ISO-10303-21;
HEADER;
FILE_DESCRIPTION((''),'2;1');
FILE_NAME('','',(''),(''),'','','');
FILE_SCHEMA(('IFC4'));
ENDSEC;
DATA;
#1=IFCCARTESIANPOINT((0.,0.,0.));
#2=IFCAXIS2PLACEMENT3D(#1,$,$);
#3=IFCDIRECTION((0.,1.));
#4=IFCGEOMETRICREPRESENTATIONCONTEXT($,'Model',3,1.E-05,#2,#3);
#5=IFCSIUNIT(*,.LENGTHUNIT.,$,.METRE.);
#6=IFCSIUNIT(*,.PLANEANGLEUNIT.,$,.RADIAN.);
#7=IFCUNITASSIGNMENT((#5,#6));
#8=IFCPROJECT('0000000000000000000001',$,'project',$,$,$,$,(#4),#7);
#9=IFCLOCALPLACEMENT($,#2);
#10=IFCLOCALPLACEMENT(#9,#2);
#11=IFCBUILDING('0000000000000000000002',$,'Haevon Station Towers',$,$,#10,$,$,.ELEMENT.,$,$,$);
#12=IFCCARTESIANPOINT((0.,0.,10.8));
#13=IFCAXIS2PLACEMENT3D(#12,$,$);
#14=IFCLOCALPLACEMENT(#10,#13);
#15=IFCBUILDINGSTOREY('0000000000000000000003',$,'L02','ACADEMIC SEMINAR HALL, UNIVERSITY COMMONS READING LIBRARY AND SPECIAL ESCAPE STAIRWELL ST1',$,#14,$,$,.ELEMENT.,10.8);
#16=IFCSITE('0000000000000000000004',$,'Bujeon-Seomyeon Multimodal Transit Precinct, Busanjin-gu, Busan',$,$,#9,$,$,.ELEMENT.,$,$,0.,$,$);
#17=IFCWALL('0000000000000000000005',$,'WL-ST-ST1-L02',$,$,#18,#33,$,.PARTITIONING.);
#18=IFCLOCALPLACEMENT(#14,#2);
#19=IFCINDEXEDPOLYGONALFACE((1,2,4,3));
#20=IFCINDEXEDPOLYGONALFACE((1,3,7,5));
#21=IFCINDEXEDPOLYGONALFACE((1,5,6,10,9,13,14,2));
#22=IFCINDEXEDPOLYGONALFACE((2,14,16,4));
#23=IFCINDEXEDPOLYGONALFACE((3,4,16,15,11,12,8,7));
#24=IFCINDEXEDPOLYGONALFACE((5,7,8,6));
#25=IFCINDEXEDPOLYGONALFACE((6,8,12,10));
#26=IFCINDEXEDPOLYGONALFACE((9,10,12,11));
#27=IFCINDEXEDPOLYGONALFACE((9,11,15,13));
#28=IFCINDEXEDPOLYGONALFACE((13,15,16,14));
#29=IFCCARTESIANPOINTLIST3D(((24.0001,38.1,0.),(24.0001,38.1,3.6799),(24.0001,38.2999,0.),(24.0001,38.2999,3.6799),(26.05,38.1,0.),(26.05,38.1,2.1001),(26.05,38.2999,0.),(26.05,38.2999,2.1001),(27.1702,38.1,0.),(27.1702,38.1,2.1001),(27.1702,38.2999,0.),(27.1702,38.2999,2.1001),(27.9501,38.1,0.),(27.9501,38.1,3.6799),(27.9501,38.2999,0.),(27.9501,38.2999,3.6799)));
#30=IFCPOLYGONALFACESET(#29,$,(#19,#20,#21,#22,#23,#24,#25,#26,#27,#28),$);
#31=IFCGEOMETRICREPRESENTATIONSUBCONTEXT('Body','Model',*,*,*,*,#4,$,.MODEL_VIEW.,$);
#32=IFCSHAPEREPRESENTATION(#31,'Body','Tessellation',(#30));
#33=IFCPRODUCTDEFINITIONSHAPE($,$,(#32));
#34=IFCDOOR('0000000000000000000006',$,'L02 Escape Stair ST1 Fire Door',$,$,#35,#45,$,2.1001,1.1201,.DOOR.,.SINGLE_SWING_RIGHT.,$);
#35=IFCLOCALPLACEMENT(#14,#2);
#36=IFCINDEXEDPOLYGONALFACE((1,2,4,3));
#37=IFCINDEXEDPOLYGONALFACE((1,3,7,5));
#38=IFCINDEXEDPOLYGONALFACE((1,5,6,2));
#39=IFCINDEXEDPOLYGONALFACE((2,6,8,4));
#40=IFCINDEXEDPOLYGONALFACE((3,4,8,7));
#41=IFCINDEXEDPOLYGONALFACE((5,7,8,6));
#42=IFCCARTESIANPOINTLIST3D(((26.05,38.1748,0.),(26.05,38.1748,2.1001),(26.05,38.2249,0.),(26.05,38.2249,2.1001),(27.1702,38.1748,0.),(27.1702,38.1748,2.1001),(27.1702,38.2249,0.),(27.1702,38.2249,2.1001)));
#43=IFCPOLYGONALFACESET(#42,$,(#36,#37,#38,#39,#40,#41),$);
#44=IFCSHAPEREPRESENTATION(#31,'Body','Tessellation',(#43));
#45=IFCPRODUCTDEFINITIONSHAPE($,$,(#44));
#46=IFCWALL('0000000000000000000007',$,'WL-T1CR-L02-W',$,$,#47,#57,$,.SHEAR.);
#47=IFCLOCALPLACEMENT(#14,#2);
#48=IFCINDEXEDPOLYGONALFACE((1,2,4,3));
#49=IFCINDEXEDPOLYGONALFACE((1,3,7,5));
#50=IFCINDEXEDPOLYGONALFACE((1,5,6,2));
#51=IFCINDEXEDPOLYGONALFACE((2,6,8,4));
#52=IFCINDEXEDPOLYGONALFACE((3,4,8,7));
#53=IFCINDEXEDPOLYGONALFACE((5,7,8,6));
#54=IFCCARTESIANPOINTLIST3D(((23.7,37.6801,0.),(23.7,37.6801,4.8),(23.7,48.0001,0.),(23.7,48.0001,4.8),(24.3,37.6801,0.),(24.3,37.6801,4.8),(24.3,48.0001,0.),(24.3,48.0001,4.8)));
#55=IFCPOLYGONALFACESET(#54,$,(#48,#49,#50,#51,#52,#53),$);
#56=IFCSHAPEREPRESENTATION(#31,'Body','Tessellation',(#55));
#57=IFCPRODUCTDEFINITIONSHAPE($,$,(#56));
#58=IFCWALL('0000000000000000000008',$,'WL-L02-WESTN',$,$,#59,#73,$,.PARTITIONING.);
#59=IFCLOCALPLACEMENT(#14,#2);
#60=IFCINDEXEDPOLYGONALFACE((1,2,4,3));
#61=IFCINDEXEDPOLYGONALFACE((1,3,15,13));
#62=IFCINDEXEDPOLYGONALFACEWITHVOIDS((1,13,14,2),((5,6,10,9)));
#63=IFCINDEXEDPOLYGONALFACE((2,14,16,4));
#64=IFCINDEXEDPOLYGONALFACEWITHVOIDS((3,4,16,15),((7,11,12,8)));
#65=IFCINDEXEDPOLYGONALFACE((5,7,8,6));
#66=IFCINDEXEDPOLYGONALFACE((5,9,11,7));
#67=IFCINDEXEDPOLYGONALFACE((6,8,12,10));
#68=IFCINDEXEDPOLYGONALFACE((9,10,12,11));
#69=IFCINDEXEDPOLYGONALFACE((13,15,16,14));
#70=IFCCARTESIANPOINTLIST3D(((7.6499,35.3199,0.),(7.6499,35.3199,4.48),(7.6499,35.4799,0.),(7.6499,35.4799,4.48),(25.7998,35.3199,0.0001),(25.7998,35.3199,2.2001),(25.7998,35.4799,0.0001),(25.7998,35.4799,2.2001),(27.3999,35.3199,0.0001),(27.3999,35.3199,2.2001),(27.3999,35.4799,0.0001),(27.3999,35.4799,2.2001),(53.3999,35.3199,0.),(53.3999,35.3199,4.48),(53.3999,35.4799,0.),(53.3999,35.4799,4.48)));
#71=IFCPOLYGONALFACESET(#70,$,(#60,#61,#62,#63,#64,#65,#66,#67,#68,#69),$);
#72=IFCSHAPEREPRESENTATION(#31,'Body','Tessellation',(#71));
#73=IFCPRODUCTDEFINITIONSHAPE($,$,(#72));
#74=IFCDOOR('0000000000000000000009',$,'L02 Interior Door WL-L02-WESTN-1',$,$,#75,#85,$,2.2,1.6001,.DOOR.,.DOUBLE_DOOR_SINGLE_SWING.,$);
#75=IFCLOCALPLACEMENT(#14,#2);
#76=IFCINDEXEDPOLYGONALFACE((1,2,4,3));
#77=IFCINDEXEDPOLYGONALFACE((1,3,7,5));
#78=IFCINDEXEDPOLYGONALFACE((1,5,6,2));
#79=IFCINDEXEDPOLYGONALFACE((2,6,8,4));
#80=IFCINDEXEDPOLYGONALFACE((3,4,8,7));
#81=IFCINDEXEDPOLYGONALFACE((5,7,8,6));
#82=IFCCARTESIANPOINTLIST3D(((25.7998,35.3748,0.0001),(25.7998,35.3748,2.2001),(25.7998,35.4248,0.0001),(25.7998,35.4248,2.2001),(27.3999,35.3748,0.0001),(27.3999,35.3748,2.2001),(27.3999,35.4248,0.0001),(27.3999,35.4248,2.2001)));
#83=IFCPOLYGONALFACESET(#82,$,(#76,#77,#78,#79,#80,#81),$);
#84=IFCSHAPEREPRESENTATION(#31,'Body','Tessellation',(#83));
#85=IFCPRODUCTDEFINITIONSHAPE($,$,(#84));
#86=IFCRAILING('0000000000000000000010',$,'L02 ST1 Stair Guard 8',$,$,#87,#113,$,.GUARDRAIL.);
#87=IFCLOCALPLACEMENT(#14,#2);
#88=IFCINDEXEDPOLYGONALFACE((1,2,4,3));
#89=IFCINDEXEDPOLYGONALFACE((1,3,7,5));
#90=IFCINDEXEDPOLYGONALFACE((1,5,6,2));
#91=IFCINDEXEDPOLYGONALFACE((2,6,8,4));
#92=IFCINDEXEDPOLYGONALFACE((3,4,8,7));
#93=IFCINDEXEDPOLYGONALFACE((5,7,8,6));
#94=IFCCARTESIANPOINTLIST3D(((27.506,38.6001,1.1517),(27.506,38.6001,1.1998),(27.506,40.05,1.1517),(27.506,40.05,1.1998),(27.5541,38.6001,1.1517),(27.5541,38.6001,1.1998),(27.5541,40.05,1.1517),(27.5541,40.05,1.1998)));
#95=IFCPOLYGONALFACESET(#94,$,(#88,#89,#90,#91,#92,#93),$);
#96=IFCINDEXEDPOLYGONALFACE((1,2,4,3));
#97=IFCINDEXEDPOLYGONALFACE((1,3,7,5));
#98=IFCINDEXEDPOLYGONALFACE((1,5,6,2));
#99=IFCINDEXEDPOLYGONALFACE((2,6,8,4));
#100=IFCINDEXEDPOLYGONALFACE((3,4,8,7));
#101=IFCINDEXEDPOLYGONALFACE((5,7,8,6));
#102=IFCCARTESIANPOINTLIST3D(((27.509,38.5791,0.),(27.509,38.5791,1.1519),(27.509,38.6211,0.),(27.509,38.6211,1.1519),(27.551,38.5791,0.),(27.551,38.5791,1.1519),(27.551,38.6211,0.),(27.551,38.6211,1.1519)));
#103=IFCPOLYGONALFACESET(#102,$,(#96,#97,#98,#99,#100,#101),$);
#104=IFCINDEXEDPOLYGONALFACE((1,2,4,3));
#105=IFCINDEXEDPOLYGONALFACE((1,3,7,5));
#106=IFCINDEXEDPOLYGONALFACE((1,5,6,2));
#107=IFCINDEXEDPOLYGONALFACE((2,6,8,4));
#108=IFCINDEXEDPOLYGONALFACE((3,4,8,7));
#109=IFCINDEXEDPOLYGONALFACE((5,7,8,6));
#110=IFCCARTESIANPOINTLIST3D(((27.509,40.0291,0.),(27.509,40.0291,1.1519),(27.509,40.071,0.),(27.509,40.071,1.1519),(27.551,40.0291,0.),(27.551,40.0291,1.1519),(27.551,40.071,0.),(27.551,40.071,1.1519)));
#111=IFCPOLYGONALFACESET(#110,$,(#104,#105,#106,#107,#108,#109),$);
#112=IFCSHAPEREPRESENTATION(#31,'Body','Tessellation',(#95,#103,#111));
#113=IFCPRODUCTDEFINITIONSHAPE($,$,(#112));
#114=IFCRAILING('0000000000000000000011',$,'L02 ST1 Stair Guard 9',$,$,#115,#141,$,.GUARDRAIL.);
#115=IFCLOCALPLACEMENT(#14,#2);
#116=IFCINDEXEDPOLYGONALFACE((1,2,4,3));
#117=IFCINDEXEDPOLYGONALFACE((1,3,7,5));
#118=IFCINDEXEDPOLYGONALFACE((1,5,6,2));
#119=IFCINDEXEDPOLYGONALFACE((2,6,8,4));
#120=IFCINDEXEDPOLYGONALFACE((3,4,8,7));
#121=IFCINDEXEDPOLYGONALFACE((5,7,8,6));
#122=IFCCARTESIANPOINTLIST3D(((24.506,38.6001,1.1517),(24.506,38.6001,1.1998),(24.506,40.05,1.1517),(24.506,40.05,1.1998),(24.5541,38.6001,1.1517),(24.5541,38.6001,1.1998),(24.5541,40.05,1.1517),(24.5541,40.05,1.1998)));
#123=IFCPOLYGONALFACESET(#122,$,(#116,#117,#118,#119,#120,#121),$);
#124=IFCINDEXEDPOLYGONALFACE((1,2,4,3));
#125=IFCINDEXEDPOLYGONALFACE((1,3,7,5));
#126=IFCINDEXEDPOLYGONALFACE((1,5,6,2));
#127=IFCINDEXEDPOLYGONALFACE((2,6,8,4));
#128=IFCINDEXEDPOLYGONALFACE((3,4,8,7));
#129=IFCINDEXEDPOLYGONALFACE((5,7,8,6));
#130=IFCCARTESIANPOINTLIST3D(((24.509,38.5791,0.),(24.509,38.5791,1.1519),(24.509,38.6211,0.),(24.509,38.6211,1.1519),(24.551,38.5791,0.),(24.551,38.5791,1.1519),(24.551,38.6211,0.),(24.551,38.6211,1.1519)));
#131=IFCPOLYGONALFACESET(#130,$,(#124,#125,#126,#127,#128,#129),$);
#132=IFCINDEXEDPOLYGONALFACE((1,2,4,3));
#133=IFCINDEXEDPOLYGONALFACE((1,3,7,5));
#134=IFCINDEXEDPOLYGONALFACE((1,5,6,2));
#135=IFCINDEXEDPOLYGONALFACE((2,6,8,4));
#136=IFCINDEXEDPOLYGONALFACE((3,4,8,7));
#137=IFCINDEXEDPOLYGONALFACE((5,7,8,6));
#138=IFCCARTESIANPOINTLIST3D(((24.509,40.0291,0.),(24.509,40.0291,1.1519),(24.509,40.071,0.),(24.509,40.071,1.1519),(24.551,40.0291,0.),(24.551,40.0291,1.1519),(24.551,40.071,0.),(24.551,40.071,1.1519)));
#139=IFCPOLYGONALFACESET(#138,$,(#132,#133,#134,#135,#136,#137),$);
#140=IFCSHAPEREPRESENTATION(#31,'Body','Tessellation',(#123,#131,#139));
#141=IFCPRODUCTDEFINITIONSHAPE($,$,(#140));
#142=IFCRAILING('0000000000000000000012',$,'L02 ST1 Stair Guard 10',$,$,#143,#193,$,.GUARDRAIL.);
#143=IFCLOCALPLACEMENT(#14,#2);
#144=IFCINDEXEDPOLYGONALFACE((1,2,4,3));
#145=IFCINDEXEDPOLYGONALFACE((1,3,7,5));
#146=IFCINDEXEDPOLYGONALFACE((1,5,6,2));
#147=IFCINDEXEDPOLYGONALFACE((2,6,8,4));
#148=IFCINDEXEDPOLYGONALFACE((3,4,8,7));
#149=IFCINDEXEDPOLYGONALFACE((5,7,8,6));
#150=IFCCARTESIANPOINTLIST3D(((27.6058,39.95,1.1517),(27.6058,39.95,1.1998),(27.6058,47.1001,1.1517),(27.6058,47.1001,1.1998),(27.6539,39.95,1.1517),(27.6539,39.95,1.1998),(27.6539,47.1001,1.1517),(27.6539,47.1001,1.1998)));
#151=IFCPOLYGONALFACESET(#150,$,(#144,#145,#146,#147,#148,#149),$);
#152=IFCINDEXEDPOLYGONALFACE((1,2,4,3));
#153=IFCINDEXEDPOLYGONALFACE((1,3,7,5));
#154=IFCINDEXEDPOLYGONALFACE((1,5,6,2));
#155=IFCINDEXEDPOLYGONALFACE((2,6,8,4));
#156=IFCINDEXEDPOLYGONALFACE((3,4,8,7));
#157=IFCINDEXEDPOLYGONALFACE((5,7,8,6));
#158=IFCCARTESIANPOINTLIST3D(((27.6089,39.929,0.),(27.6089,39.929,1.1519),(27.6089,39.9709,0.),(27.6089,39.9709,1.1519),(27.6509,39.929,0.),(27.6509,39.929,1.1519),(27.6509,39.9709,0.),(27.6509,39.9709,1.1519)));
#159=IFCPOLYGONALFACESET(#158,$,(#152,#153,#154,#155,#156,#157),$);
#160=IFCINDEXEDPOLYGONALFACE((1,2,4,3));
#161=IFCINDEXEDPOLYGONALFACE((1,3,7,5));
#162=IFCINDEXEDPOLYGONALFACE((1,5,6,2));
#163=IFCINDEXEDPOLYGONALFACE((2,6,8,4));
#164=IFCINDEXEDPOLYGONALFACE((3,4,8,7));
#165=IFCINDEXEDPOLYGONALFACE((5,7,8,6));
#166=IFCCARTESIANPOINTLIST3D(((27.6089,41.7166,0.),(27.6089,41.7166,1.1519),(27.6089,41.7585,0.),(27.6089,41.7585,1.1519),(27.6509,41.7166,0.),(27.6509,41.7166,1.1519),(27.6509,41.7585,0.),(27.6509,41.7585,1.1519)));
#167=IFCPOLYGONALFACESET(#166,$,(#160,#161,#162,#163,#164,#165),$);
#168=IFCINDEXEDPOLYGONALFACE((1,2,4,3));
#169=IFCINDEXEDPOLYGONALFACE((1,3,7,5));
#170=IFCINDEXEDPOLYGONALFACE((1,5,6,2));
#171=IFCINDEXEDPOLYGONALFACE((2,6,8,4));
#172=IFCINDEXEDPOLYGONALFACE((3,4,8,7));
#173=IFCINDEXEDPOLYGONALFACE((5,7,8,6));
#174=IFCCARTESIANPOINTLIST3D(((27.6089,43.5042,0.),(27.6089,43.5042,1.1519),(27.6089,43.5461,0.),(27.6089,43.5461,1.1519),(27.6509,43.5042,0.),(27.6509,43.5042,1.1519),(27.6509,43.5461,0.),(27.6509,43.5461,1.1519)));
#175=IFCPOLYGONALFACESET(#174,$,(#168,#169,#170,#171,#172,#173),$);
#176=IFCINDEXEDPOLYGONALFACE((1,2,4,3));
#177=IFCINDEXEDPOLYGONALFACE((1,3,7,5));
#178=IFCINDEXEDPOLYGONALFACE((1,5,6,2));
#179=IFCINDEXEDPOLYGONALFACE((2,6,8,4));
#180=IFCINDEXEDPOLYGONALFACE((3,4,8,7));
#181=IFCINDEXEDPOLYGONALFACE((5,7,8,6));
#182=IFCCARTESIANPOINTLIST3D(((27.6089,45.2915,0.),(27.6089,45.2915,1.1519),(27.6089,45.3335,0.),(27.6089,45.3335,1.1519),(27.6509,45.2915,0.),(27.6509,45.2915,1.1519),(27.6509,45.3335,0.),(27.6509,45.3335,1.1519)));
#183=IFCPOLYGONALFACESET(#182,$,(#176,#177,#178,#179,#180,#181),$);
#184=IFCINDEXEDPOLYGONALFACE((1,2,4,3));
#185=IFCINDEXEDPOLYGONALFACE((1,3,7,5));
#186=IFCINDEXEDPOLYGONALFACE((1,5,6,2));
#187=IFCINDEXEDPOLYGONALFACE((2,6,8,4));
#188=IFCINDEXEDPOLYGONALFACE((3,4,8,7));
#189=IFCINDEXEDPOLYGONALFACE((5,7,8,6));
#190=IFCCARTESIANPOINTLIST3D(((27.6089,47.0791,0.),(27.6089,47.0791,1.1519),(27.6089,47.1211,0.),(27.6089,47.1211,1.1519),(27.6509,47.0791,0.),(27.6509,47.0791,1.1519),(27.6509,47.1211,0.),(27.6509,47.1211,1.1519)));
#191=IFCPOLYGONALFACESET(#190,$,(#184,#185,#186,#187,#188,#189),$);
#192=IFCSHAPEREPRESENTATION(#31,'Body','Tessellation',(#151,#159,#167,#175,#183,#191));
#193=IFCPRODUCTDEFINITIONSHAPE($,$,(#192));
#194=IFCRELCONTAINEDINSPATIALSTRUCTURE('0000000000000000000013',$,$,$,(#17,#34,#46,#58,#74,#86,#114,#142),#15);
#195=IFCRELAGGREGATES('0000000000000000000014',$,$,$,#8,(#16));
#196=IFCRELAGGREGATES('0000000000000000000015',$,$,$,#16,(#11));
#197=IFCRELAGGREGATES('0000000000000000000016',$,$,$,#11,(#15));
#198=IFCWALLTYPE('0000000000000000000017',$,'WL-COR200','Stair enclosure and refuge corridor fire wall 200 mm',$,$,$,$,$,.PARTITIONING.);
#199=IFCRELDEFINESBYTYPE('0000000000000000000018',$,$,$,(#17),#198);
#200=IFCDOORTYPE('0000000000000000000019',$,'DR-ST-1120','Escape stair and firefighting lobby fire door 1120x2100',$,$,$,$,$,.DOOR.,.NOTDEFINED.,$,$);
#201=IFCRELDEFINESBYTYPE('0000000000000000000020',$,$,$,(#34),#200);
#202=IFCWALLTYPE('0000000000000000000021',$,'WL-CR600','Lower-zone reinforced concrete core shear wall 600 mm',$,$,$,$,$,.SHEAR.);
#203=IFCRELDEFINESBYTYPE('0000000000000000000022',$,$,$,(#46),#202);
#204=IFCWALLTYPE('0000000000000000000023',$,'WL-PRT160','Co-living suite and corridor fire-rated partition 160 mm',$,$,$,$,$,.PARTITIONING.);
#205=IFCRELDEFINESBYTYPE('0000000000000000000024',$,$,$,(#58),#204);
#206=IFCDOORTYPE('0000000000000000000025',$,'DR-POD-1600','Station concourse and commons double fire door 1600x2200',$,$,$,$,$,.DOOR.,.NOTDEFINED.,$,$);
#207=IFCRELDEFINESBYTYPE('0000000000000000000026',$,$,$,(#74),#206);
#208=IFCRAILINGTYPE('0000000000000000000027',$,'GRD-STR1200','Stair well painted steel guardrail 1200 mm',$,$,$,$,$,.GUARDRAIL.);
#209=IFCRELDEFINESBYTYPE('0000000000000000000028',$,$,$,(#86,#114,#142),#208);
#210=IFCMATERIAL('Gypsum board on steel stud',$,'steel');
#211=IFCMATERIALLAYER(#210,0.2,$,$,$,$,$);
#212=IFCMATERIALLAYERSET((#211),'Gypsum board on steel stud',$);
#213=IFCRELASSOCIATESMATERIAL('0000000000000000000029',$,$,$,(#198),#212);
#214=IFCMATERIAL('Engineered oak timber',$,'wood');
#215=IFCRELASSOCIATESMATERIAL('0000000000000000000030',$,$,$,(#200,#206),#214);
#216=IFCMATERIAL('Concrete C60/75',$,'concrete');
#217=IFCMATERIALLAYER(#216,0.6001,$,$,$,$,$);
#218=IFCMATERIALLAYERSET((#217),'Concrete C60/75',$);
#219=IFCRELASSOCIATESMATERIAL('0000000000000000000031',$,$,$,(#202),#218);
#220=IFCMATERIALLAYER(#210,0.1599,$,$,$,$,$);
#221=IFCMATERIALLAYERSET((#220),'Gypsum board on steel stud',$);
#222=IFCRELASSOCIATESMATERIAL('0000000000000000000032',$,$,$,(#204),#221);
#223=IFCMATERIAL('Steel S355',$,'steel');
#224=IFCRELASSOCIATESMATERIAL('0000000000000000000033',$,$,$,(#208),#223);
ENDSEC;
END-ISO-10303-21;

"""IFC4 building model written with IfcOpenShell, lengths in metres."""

from ifc_helpers import new_model, si_unit, direction, frame, frame_2d, origin, origin_2d, place, context, subcontext, project, spatial, rectangle, extrude, material, layer, layer_set, type_object, element, fill, save


model = new_model("IFC4")

# Units and contexts
model_context = context("Model", 3, precision=1e-05, world=origin(), true_north=direction((0.0, 1.0)))
body_context = subcontext(model_context, "Body", "Model", "MODEL_VIEW")
ifc_project = project(units=[si_unit("LENGTHUNIT", "METRE"), si_unit("PLANEANGLEUNIT", "RADIAN")], contexts=[model_context])

# Site, building, storey
site_placement = place(None, origin())
site = spatial("IfcSite", under=ifc_project, at=site_placement, Name="Bujeon-Seomyeon Multimodal Transit Precinct, Busanjin-gu, Busan", CompositionType="ELEMENT", RefElevation=0.0)
building_placement = place(site_placement, origin())
building = spatial("IfcBuilding", under=site, at=building_placement, Name="Haevon Station Towers", CompositionType="ELEMENT")
storey_placement = place(building_placement, frame((0.0, 0.0, 10.8)))
storey = spatial("IfcBuildingStorey", under=building, at=storey_placement, Name="L02", Description="ACADEMIC SEMINAR HALL, UNIVERSITY COMMONS READING LIBRARY AND SPECIAL ESCAPE STAIRWELL ST1", CompositionType="ELEMENT", Elevation=10.8)

# Shared definitions
ifc_material_1 = material(Name="Steel S355", Category="steel")

# Wall, opening, door
ifc_material_2 = material(Name="Gypsum board on steel stud", Category="steel")
ifc_layer_1 = layer(ifc_material_2, 0.2)
ifc_layer_set_1 = layer_set([ifc_layer_1], Name="Gypsum board on steel stud")
wall_type_1 = type_object("IfcWallType", Name="WL-COR200", Description="Stair enclosure and refuge corridor fire wall 200 mm", PredefinedType="PARTITIONING", material=ifc_layer_set_1)
wall_1_placement = place(storey_placement, frame((24.0, 38.2, 0.0), z_axis=(0.0, 0.0, 1.0), x_axis=(1.0, 0.0, 0.0)))
wall_1 = element("IfcWall", 1, at=wall_1_placement, inside=storey, type_object=wall_type_1, Name="WL-ST-ST1-L02", PredefinedType="PARTITIONING", context=body_context, shape_type="SweptSolid", body=[
    extrude(rectangle(XDim=3.95, YDim=0.2, at=frame_2d((1.9751, 0.0))), origin(), (0.0, 0.0, 1.0), 3.6799),
])
opening_1_placement = place(wall_1_placement, frame((2.05, 0.0, 0.0)))
opening_1 = element("IfcOpeningElement", 2, at=opening_1_placement, cuts=wall_1, PredefinedType="OPENING", context=body_context, shape_type="SweptSolid", body=[
    extrude(rectangle(XDim=1.1201, YDim=2.1001, at=frame_2d((0.5601, 1.05))), frame((0.0, 0.1099, 0.0), z_axis=(0.0, -1.0, 0.0), x_axis=(1.0, 0.0, 0.0)), (0.0, 0.0, 1.0), 0.22),
])
ifc_material_3 = material(Name="Engineered oak timber", Category="wood")
door_type_1 = type_object("IfcDoorType", Name="DR-ST-1120", Description="Escape stair and firefighting lobby fire door 1120x2100", OperationType="NOTDEFINED", PredefinedType="DOOR", material=ifc_material_3)
door_1_placement = place(opening_1_placement, origin())
door_1 = element("IfcDoor", 3, at=door_1_placement, inside=storey, type_object=door_type_1, Name="L02 Escape Stair ST1 Fire Door", OperationType="SINGLE_SWING_RIGHT", OverallHeight=2.1001, OverallWidth=1.1201, PredefinedType="DOOR", context=body_context, shape_type="SweptSolid", body=[
    extrude(rectangle(XDim=1.1201, YDim=2.1001, at=frame_2d((0.5601, 1.05))), frame((0.0, 0.0249, 0.0), z_axis=(0.0, -1.0, 0.0), x_axis=(1.0, 0.0, 0.0)), (0.0, 0.0, 1.0), 0.05),
])
fill(opening_1, door_1)

# Wall
ifc_material_4 = material(Name="Concrete C60/75", Category="concrete")
ifc_layer_2 = layer(ifc_material_4, 0.6001)
ifc_layer_set_2 = layer_set([ifc_layer_2], Name="Concrete C60/75")
wall_type_2 = type_object("IfcWallType", Name="WL-CR600", Description="Lower-zone reinforced concrete core shear wall 600 mm", PredefinedType="SHEAR", material=ifc_layer_set_2)
wall_2_placement = place(storey_placement, frame((24.0, 37.6799, 0.0), z_axis=(0.0, 0.0, 1.0), x_axis=(0.0, 1.0, 0.0)))
element("IfcWall", 4, at=wall_2_placement, inside=storey, type_object=wall_type_2, Name="WL-T1CR-L02-W", PredefinedType="SHEAR", context=body_context, shape_type="SweptSolid", body=[
    extrude(rectangle(XDim=10.3201, YDim=0.6001, at=frame_2d((5.1602, 0.0))), origin(), (0.0, 0.0, 1.0), 4.8),
])

# Wall, opening, door
ifc_layer_3 = layer(ifc_material_2, 0.1599)
ifc_layer_set_3 = layer_set([ifc_layer_3], Name="Gypsum board on steel stud")
wall_type_3 = type_object("IfcWallType", Name="WL-PRT160", Description="Co-living suite and corridor fire-rated partition 160 mm", PredefinedType="PARTITIONING", material=ifc_layer_set_3)
wall_3_placement = place(storey_placement, frame((7.6499, 35.3999, 0.0), z_axis=(0.0, 0.0, 1.0), x_axis=(1.0, 0.0, 0.0)))
wall_3 = element("IfcWall", 5, at=wall_3_placement, inside=storey, type_object=wall_type_3, Name="WL-L02-WESTN", PredefinedType="PARTITIONING", context=body_context, shape_type="SweptSolid", body=[
    extrude(rectangle(XDim=45.75, YDim=0.1599, at=frame_2d((22.875, 0.0))), origin(), (0.0, 0.0, 1.0), 4.48),
])
opening_2_placement = place(wall_3_placement, frame((18.1499, 0.0, 0.0)))
opening_2 = element("IfcOpeningElement", 6, at=opening_2_placement, cuts=wall_3, PredefinedType="OPENING", context=body_context, shape_type="SweptSolid", body=[
    extrude(rectangle(XDim=1.6001, YDim=2.2, at=frame_2d((0.8, 1.1001))), frame((0.0, 0.0898, 0.0), z_axis=(0.0, -1.0, 0.0), x_axis=(1.0, 0.0, 0.0)), (0.0, 0.0, 1.0), 0.1799),
])
door_type_2 = type_object("IfcDoorType", Name="DR-POD-1600", Description="Station concourse and commons double fire door 1600x2200", OperationType="NOTDEFINED", PredefinedType="DOOR", material=ifc_material_3)
door_2_placement = place(opening_2_placement, origin())
door_2 = element("IfcDoor", 7, at=door_2_placement, inside=storey, type_object=door_type_2, Name="L02 Interior Door WL-L02-WESTN-1", OperationType="DOUBLE_DOOR_SINGLE_SWING", OverallHeight=2.2, OverallWidth=1.6001, PredefinedType="DOOR", context=body_context, shape_type="SweptSolid", body=[
    extrude(rectangle(XDim=1.6001, YDim=2.2, at=frame_2d((0.8, 1.1001))), frame((0.0, 0.0249, 0.0), z_axis=(0.0, -1.0, 0.0), x_axis=(1.0, 0.0, 0.0)), (0.0, 0.0, 1.0), 0.05),
])
fill(opening_2, door_2)

# Railings
railing_type = type_object("IfcRailingType", Name="GRD-STR1200", Description="Stair well painted steel guardrail 1200 mm", PredefinedType="GUARDRAIL", material=ifc_material_1)
for number, where, name in (
    (8, (27.53, 38.6001, 0.0), "L02 ST1 Stair Guard 8"),
    (9, (24.53, 38.6001, 0.0), "L02 ST1 Stair Guard 9"),
):
    element("IfcRailing", number, at=place(storey_placement, frame(where)), inside=storey, type_object=railing_type, Name=name, PredefinedType="GUARDRAIL", context=body_context, shape_type="SweptSolid", body=[
        extrude(rectangle(XDim=0.0481, YDim=0.0481, at=origin_2d()), frame((0.0, 0.0, 1.1758), z_axis=(0.0, 1.0, 0.0), x_axis=(-1.0, 0.0, 0.0)), (0.0, 0.0, 1.0), 1.45),
        extrude(rectangle(XDim=0.042, YDim=0.042, at=origin_2d()), origin(), (0.0, 0.0, 1.0), 1.1519),
        extrude(rectangle(XDim=0.042, YDim=0.042, at=origin_2d()), frame((0.0, 1.45, 0.0)), (0.0, 0.0, 1.0), 1.1519),
    ])
for number, where, name in (
    (10, (27.6299, 39.95, 0.0), "L02 ST1 Stair Guard 10"),
):
    element("IfcRailing", number, at=place(storey_placement, frame(where)), inside=storey, type_object=railing_type, Name=name, PredefinedType="GUARDRAIL", context=body_context, shape_type="SweptSolid", body=[
        extrude(rectangle(XDim=0.0481, YDim=0.0481, at=origin_2d()), frame((0.0, 0.0, 1.1758), z_axis=(0.0, 1.0, 0.0), x_axis=(-1.0, 0.0, 0.0)), (0.0, 0.0, 1.0), 7.1501),
        extrude(rectangle(XDim=0.042, YDim=0.042, at=origin_2d()), origin(), (0.0, 0.0, 1.0), 1.1519),
        extrude(rectangle(XDim=0.042, YDim=0.042, at=origin_2d()), frame((0.0, 1.7876, 0.0)), (0.0, 0.0, 1.0), 1.1519),
        extrude(rectangle(XDim=0.042, YDim=0.042, at=origin_2d()), frame((0.0, 3.5752, 0.0)), (0.0, 0.0, 1.0), 1.1519),
        extrude(rectangle(XDim=0.042, YDim=0.042, at=origin_2d()), frame((0.0, 5.3625, 0.0)), (0.0, 0.0, 1.0), 1.1519),
        extrude(rectangle(XDim=0.042, YDim=0.042, at=origin_2d()), frame((0.0, 7.1501, 0.0)), (0.0, 0.0, 1.0), 1.1519),
    ])

save(model, "model.ifc")
